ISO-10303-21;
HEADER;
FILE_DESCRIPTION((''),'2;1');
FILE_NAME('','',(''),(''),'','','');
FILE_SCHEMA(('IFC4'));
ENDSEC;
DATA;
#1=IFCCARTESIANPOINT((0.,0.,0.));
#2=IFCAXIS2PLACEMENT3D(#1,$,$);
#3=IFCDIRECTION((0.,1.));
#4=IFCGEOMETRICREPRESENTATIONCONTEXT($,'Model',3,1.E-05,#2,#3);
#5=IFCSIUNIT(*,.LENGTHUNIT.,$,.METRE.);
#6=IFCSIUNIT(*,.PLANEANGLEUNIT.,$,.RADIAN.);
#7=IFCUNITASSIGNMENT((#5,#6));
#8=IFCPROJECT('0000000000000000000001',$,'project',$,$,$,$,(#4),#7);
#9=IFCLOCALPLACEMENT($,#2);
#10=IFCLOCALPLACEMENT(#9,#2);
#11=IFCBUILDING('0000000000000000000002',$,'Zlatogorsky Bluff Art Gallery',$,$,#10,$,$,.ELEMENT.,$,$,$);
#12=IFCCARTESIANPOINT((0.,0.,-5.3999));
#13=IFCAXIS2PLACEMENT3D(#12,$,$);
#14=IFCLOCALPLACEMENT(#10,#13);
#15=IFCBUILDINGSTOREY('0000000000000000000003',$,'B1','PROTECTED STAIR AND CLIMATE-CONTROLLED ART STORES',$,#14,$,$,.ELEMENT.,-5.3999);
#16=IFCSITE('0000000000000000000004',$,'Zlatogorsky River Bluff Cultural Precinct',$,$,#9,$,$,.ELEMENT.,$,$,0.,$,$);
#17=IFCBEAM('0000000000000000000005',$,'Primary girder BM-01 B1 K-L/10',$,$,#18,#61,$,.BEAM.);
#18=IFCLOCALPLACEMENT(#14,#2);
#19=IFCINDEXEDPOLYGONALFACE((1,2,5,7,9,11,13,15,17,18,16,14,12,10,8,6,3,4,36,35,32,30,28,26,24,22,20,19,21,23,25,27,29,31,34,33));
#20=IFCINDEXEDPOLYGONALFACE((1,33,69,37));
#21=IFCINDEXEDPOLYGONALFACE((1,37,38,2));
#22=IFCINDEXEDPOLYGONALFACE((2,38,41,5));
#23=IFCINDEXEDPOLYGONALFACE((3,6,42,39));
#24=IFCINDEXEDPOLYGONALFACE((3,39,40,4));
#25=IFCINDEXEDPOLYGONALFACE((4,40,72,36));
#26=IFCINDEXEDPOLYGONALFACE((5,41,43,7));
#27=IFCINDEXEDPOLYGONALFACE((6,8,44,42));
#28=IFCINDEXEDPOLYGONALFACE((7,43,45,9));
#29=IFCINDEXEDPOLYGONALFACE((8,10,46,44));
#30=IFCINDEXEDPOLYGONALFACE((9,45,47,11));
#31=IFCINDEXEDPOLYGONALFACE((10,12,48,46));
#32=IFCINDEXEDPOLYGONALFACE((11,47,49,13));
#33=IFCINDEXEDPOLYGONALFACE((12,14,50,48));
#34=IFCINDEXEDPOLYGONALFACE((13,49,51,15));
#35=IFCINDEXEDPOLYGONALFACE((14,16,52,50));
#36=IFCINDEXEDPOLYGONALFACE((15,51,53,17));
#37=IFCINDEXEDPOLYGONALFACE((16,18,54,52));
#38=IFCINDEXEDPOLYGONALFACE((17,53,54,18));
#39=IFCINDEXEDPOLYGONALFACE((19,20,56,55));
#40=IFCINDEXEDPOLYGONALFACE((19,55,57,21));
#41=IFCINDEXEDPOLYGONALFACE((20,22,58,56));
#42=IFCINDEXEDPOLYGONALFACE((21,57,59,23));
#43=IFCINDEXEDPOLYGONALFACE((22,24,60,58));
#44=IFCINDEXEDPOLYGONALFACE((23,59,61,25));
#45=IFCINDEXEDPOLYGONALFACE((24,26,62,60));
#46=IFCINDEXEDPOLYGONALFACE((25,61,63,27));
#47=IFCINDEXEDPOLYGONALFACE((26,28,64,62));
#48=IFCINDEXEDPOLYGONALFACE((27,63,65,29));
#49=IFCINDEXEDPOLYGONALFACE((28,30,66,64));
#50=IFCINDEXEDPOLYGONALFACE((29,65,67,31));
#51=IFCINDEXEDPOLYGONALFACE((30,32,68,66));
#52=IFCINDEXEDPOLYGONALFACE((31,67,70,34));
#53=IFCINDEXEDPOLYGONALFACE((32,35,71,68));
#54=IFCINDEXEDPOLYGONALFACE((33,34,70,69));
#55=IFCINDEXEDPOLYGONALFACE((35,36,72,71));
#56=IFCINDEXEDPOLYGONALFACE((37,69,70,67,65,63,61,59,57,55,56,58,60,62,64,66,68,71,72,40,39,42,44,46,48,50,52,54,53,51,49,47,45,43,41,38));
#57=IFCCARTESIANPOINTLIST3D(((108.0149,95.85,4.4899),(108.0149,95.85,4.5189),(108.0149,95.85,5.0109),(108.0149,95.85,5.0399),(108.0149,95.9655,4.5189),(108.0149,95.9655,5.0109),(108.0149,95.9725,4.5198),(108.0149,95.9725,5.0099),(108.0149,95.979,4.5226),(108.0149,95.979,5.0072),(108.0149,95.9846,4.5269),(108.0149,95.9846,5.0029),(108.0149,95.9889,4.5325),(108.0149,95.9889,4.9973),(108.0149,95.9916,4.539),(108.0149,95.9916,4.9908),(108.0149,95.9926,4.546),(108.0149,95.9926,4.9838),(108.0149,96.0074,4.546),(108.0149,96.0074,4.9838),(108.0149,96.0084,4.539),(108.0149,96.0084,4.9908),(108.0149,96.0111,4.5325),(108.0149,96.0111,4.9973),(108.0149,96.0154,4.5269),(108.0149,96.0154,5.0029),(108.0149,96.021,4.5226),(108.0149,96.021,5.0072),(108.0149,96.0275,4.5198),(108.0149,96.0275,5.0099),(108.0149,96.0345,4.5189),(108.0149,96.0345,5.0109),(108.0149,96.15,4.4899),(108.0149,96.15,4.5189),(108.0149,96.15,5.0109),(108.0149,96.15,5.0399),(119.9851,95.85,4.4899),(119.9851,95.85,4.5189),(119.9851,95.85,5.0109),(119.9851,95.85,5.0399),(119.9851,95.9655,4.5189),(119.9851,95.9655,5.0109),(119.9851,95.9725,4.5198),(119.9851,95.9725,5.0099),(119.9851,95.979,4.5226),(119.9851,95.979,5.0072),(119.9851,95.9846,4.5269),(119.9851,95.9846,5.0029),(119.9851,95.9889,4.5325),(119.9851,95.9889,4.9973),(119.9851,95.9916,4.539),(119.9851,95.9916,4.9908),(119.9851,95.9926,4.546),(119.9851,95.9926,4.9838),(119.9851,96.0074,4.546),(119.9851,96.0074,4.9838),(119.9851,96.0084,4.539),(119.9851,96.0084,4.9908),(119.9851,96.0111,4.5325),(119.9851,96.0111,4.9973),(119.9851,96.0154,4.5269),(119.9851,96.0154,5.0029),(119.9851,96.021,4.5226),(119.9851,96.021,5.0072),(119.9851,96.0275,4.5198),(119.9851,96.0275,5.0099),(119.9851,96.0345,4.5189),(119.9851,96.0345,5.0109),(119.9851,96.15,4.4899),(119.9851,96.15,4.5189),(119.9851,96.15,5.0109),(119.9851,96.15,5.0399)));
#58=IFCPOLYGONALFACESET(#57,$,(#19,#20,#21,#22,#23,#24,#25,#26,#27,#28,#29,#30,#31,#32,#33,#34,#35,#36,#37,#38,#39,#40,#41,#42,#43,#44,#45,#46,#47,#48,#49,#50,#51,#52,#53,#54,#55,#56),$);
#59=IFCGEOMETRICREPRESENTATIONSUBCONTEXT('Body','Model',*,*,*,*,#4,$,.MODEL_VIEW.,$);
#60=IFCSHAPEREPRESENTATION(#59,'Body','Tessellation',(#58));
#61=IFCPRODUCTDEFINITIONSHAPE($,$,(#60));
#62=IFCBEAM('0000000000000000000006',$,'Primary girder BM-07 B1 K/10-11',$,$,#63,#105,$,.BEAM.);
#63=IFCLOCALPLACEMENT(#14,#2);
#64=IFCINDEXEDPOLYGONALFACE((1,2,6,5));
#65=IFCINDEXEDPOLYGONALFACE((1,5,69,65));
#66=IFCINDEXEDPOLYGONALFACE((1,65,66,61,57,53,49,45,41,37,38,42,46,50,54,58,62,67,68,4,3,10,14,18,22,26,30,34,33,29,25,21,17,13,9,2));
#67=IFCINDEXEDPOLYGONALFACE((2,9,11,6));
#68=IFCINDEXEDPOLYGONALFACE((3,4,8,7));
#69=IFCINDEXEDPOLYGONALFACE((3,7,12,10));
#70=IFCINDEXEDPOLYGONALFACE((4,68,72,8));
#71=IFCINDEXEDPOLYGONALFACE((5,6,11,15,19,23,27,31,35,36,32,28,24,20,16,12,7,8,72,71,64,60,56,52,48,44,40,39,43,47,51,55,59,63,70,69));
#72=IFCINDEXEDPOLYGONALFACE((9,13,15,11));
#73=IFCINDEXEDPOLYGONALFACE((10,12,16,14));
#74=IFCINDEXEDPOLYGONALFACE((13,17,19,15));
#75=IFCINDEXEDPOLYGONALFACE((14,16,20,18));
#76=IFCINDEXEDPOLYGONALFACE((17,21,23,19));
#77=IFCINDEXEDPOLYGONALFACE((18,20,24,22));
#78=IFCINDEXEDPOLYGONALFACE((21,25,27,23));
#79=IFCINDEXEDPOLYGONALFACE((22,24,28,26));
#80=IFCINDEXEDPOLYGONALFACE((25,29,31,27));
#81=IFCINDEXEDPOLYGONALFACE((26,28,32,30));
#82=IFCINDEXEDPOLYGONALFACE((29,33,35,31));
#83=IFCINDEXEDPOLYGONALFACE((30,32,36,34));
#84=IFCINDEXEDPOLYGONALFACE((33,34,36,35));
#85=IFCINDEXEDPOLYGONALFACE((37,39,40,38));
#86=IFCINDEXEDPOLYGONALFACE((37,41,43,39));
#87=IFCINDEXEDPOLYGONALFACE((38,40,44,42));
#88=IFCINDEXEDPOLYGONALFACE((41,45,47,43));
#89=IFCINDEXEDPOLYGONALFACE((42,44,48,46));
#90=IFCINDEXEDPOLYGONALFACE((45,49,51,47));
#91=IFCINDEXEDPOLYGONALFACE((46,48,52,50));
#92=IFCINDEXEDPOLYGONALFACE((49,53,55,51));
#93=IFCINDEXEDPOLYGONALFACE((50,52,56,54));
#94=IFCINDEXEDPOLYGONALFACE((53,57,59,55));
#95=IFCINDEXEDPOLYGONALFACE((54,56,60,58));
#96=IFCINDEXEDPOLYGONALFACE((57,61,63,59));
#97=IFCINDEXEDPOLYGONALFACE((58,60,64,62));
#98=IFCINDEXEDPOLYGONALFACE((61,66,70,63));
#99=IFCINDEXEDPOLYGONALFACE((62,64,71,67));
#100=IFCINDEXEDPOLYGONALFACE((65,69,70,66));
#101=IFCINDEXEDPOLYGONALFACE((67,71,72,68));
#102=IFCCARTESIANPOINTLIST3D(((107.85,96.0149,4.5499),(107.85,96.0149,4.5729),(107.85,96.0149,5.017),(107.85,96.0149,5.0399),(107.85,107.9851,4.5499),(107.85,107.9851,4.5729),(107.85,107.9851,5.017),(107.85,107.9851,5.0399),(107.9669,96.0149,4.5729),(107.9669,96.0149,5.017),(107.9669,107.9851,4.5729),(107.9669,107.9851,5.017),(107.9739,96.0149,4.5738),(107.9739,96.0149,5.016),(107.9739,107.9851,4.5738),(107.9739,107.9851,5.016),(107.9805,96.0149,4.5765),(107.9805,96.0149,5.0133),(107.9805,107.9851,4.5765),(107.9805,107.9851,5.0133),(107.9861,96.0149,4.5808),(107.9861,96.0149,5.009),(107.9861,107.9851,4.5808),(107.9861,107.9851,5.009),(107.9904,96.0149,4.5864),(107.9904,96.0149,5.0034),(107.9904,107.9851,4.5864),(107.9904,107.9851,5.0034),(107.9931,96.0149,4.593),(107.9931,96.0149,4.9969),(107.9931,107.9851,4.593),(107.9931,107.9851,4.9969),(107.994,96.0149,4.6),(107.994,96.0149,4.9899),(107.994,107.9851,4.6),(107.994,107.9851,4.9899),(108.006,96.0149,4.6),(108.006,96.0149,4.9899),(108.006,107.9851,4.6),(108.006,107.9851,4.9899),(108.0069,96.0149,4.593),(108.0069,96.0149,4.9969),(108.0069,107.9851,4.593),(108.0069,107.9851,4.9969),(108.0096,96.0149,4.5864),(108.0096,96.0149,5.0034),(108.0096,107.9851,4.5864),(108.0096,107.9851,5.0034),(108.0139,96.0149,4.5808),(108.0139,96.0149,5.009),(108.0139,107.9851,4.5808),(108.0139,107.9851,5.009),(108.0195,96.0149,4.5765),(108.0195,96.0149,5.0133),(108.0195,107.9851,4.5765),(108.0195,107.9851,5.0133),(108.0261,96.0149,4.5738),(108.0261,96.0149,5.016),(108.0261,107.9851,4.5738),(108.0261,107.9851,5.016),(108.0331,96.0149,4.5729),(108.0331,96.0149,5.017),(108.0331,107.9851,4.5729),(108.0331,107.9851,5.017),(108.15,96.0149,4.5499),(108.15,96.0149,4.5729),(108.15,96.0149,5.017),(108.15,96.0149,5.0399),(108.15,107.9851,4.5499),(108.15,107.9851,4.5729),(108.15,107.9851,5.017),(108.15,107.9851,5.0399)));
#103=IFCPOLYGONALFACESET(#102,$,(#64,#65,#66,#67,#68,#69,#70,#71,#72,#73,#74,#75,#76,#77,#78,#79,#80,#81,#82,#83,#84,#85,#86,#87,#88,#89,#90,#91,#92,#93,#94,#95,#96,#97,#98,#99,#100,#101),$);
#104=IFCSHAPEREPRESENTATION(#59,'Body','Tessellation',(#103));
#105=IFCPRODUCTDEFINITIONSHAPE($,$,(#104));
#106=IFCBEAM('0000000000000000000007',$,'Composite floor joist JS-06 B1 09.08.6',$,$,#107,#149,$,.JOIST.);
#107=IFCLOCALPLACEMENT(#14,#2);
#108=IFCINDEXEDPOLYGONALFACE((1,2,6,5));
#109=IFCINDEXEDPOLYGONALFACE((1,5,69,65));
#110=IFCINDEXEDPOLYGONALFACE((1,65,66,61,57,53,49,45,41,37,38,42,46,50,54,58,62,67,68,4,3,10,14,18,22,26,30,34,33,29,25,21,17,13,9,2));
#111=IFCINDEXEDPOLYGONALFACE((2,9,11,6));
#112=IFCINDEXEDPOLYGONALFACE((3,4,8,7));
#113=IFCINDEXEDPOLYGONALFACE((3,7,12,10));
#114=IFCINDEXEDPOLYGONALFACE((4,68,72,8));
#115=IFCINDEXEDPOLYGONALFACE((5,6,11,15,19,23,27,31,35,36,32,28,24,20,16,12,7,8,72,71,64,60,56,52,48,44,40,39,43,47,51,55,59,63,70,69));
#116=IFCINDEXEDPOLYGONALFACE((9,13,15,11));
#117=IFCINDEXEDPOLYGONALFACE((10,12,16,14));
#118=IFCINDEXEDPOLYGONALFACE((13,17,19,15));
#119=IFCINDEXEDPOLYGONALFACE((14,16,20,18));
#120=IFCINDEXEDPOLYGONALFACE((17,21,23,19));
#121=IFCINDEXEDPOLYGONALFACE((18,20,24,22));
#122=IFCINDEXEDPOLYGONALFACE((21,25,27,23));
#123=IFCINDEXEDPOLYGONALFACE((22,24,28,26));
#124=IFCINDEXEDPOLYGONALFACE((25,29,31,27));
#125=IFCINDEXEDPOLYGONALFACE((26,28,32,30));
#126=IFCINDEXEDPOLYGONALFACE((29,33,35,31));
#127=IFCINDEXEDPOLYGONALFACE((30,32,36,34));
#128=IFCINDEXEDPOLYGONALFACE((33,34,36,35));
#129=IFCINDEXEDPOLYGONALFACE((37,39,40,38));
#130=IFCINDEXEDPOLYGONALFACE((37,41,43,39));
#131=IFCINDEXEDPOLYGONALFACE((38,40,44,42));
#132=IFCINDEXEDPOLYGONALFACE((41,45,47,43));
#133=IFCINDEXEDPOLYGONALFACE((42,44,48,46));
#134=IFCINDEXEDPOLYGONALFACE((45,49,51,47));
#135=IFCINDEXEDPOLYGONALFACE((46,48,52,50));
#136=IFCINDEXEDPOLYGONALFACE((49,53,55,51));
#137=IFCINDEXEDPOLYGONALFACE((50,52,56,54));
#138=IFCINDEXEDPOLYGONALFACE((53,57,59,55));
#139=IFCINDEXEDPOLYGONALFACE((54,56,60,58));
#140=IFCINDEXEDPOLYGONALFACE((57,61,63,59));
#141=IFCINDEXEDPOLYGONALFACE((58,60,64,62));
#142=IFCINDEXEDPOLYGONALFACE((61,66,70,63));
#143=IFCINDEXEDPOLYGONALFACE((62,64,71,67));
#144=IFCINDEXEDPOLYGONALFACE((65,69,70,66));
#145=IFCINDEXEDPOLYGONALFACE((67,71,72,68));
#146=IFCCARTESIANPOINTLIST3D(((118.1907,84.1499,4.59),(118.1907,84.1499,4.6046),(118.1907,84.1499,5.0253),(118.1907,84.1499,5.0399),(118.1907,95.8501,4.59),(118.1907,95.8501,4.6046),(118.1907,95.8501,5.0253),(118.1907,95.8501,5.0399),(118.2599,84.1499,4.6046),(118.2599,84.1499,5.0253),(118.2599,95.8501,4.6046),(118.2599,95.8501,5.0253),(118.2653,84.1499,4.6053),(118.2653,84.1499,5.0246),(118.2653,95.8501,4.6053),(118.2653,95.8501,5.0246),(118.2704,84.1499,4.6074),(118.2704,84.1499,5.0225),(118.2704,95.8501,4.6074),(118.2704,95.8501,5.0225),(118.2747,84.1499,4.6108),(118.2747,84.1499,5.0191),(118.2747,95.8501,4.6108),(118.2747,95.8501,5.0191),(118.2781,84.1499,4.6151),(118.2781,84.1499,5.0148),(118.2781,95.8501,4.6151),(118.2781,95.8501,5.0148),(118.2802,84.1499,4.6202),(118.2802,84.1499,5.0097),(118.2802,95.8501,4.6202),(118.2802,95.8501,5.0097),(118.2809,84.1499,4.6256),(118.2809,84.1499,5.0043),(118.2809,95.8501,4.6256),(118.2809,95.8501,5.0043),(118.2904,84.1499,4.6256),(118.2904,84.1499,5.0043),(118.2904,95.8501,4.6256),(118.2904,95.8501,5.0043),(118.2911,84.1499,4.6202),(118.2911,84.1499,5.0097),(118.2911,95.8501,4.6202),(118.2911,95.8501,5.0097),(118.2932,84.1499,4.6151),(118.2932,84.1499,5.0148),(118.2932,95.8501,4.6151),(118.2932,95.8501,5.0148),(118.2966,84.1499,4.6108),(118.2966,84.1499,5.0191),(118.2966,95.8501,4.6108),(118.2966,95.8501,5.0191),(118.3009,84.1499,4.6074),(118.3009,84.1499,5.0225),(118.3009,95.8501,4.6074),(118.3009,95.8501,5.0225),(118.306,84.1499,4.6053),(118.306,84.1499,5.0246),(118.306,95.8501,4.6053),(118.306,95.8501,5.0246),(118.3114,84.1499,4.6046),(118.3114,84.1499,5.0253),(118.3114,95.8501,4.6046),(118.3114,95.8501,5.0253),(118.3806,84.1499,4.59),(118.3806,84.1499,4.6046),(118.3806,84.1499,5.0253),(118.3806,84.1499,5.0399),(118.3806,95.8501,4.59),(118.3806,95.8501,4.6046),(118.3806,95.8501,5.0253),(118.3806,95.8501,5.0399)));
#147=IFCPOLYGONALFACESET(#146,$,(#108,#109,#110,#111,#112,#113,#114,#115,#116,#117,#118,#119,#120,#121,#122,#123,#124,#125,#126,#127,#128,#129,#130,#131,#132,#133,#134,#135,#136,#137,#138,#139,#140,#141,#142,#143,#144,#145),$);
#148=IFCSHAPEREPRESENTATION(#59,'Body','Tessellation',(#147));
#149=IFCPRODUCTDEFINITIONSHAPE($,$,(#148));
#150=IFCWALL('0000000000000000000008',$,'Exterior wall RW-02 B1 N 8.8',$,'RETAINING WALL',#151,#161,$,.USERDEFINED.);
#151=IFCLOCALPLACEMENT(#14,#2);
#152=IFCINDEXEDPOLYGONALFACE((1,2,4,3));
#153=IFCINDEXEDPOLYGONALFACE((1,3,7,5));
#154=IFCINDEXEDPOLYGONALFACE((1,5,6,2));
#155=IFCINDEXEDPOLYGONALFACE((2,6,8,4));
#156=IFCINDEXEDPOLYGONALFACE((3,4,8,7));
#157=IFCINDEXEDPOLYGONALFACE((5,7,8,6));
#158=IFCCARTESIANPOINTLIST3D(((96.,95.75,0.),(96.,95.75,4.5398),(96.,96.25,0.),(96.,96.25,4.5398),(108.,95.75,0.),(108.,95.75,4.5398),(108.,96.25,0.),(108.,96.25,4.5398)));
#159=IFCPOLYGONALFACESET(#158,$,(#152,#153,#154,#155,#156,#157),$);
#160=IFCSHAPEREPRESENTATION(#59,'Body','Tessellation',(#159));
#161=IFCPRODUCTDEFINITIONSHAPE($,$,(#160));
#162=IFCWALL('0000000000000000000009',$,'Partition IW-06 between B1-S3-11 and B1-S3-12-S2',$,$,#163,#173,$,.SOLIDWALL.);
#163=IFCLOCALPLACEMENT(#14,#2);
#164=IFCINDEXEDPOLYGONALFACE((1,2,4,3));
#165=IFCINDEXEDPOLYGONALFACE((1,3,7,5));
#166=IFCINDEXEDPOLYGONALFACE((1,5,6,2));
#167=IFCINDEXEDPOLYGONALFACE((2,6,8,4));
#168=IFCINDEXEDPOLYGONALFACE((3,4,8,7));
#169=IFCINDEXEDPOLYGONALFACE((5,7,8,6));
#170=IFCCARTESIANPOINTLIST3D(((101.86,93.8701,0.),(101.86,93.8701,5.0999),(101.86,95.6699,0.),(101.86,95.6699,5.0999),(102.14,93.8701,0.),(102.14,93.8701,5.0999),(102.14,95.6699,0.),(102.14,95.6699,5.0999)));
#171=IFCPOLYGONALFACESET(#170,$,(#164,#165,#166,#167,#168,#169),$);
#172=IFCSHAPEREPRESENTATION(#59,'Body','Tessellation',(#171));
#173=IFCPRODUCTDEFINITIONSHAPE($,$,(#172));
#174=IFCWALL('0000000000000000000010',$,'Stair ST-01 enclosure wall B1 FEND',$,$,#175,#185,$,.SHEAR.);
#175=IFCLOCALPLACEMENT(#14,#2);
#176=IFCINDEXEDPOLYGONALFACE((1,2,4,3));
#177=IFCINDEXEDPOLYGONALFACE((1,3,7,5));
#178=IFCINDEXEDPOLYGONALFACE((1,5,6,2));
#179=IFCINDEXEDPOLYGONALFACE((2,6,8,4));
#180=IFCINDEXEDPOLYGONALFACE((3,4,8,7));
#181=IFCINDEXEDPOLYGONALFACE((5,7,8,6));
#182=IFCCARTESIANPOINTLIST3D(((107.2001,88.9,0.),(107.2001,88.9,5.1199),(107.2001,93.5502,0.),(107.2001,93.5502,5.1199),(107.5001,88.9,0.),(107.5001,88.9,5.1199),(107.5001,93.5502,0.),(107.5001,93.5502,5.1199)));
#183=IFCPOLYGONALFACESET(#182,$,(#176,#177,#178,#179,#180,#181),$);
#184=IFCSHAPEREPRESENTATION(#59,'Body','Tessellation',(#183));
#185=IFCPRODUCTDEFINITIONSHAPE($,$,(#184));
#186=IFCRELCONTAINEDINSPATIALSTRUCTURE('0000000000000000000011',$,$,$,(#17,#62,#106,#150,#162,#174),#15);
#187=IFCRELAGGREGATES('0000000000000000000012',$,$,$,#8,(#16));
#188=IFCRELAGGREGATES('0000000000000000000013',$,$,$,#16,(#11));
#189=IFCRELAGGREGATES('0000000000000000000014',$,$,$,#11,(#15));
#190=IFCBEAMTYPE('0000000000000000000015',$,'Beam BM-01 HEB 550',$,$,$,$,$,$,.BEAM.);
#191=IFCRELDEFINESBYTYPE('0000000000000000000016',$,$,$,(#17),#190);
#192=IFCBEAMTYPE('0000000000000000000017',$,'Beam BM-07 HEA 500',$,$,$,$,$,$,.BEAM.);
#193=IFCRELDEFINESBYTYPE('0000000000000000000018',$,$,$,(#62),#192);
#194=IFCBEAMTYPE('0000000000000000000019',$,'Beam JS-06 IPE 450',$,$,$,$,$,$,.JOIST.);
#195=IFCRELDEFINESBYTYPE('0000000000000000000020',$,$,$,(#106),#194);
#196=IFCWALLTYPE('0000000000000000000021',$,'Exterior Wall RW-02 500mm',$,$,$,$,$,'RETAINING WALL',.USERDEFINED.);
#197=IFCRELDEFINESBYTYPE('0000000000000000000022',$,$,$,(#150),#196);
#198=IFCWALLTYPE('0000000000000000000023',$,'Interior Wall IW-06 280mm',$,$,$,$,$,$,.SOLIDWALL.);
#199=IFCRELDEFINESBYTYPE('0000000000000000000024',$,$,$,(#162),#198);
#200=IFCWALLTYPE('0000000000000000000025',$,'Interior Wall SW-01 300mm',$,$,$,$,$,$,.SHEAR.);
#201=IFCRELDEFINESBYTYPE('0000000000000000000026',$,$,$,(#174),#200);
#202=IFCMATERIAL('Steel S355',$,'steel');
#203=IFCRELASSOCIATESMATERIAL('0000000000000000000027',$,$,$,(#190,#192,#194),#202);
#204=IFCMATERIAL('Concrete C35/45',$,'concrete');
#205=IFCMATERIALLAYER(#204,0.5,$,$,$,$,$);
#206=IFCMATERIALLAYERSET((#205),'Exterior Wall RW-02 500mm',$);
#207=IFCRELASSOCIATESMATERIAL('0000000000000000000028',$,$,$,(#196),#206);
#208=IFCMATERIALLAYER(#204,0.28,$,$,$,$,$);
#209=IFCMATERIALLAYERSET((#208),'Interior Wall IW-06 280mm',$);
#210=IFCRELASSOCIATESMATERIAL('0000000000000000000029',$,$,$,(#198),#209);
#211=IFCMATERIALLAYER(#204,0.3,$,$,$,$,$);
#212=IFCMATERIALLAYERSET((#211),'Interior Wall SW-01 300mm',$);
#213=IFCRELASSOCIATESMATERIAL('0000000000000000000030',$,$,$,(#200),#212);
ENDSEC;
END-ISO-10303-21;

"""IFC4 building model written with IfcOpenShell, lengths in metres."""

from ifc_helpers import new_model, si_unit, direction, frame, frame_2d, origin, origin_2d, place, context, subcontext, project, spatial, rectangle, i_section, extrude, material, layer, layer_set, material_profile, profile_set, type_object, element, save


model = new_model("IFC4")

# Units and contexts
model_context = context("Model", 3, precision=1e-05, world=origin(), true_north=direction((0.0, 1.0)))
body_context = subcontext(model_context, "Body", "Model", "MODEL_VIEW")
ifc_project = project(units=[si_unit("LENGTHUNIT", "METRE"), si_unit("PLANEANGLEUNIT", "RADIAN")], contexts=[model_context])

# Site, building, storey
site_placement = place(None, origin())
site = spatial("IfcSite", under=ifc_project, at=site_placement, Name="Zlatogorsky River Bluff Cultural Precinct", CompositionType="ELEMENT", RefElevation=0.0)
building_placement = place(site_placement, origin())
building = spatial("IfcBuilding", under=site, at=building_placement, Name="Zlatogorsky Bluff Art Gallery", CompositionType="ELEMENT")
storey_placement = place(building_placement, frame((0.0, 0.0, -5.3999)))
storey = spatial("IfcBuildingStorey", under=building, at=storey_placement, Name="B1", Description="PROTECTED STAIR AND CLIMATE-CONTROLLED ART STORES", CompositionType="ELEMENT", Elevation=-5.3999)

# Shared definitions
ifc_material_1 = material(Name="Concrete C35/45", Category="concrete")

# Shared definitions
ifc_material_2 = material(Name="Steel S355", Category="steel")

# Beams
ifc_material_profile_1 = material_profile(ifc_material_2, i_section(OverallWidth=0.3, OverallDepth=0.55, WebThickness=0.0149, FlangeThickness=0.0291, FilletRadius=0.0271, at=origin_2d()), Name="HEB 550")
ifc_profile_set_1 = profile_set([ifc_material_profile_1], Name="Steel S355")
beam_type_1 = type_object("IfcBeamType", Name="Beam BM-01 HEB 550", PredefinedType="BEAM", material=ifc_profile_set_1)
beam_1_placement = place(storey_placement, frame((108.0149, 96.0, 4.7649), z_axis=(1.0, 0.0, 0.0), x_axis=(0.0, 1.0, 0.0)))
element("IfcBeam", 1, at=beam_1_placement, inside=storey, type_object=beam_type_1, Name="Primary girder BM-01 B1 K-L/10", PredefinedType="BEAM", context=body_context, shape_type="SweptSolid", body=[
    extrude(i_section(OverallWidth=0.3, OverallDepth=0.55, WebThickness=0.0149, FlangeThickness=0.0291, FilletRadius=0.0271, at=origin_2d()), origin(), (0.0, 0.0, 1.0), 11.9702),
])
ifc_material_profile_2 = material_profile(ifc_material_2, i_section(OverallWidth=0.3, OverallDepth=0.49, WebThickness=0.012, FlangeThickness=0.0229, FilletRadius=0.0271, at=origin_2d()), Name="HEA 500")
ifc_profile_set_2 = profile_set([ifc_material_profile_2], Name="Steel S355")
beam_type_2 = type_object("IfcBeamType", Name="Beam BM-07 HEA 500", PredefinedType="BEAM", material=ifc_profile_set_2)
beam_2_placement = place(storey_placement, frame((108.0, 96.0149, 4.7949), z_axis=(0.0, 1.0, 0.0), x_axis=(-1.0, 0.0, 0.0)))
element("IfcBeam", 2, at=beam_2_placement, inside=storey, type_object=beam_type_2, Name="Primary girder BM-07 B1 K/10-11", PredefinedType="BEAM", context=body_context, shape_type="SweptSolid", body=[
    extrude(i_section(OverallWidth=0.3, OverallDepth=0.49, WebThickness=0.012, FlangeThickness=0.0229, FilletRadius=0.0271, at=origin_2d()), origin(), (0.0, 0.0, 1.0), 11.9702),
])
ifc_material_profile_3 = material_profile(ifc_material_2, i_section(OverallWidth=0.1899, OverallDepth=0.45, WebThickness=0.0095, FlangeThickness=0.0146, FilletRadius=0.021, at=origin_2d()), Name="IPE 450")
ifc_profile_set_3 = profile_set([ifc_material_profile_3], Name="Steel S355")
beam_type_3 = type_object("IfcBeamType", Name="Beam JS-06 IPE 450", PredefinedType="JOIST", material=ifc_profile_set_3)
beam_3_placement = place(storey_placement, frame((118.2856, 84.1499, 4.8149), z_axis=(0.0, 1.0, 0.0), x_axis=(-1.0, 0.0, 0.0)))
element("IfcBeam", 3, at=beam_3_placement, inside=storey, type_object=beam_type_3, Name="Composite floor joist JS-06 B1 09.08.6", PredefinedType="JOIST", context=body_context, shape_type="SweptSolid", body=[
    extrude(i_section(OverallWidth=0.1899, OverallDepth=0.45, WebThickness=0.0095, FlangeThickness=0.0146, FilletRadius=0.021, at=origin_2d()), origin(), (0.0, 0.0, 1.0), 11.7002),
])

# Wall
ifc_layer_1 = layer(ifc_material_1, 0.5)
ifc_layer_set_1 = layer_set([ifc_layer_1], Name="Exterior Wall RW-02 500mm")
wall_type_1 = type_object("IfcWallType", Name="Exterior Wall RW-02 500mm", ElementType="RETAINING WALL", PredefinedType="USERDEFINED", material=ifc_layer_set_1)
wall_1_placement = place(storey_placement, frame((108.0, 96.0, 0.0), z_axis=(0.0, 0.0, 1.0), x_axis=(-1.0, 0.0, 0.0)))
element("IfcWall", 4, at=wall_1_placement, inside=storey, type_object=wall_type_1, Name="Exterior wall RW-02 B1 N 8.8", ObjectType="RETAINING WALL", PredefinedType="USERDEFINED", context=body_context, shape_type="SweptSolid", body=[
    extrude(rectangle(XDim=12.0, YDim=0.5, at=frame_2d((6.0, 0.0))), origin(), (0.0, 0.0, 1.0), 4.5398),
])

# Shared definitions
ifc_layer_2 = layer(ifc_material_1, 0.28)
ifc_layer_set_2 = layer_set([ifc_layer_2], Name="Interior Wall IW-06 280mm")
wall_type_2 = type_object("IfcWallType", Name="Interior Wall IW-06 280mm", PredefinedType="SOLIDWALL", material=ifc_layer_set_2)

# Walls
wall_2_placement = place(storey_placement, frame((102.0, 93.8701, 0.0), z_axis=(0.0, 0.0, 1.0), x_axis=(0.0, 1.0, 0.0)))
element("IfcWall", 5, at=wall_2_placement, inside=storey, type_object=wall_type_2, Name="Partition IW-06 between B1-S3-11 and B1-S3-12-S2", PredefinedType="SOLIDWALL", context=body_context, shape_type="SweptSolid", body=[
    extrude(rectangle(XDim=1.7998, YDim=0.28, at=frame_2d((0.8999, 0.0))), origin(), (0.0, 0.0, 1.0), 5.0999),
])
ifc_layer_3 = layer(ifc_material_1, 0.3)
ifc_layer_set_3 = layer_set([ifc_layer_3], Name="Interior Wall SW-01 300mm")
wall_type_3 = type_object("IfcWallType", Name="Interior Wall SW-01 300mm", PredefinedType="SHEAR", material=ifc_layer_set_3)
wall_3_placement = place(storey_placement, frame((107.3501, 88.8999, 0.0), z_axis=(0.0, 0.0, 1.0), x_axis=(0.0, 1.0, 0.0)))
element("IfcWall", 6, at=wall_3_placement, inside=storey, type_object=wall_type_3, Name="Stair ST-01 enclosure wall B1 FEND", PredefinedType="SHEAR", context=body_context, shape_type="SweptSolid", body=[
    extrude(rectangle(XDim=4.6501, YDim=0.3, at=frame_2d((2.3252, 0.0))), origin(), (0.0, 0.0, 1.0), 5.1199),
])

save(model, "model.ifc")
